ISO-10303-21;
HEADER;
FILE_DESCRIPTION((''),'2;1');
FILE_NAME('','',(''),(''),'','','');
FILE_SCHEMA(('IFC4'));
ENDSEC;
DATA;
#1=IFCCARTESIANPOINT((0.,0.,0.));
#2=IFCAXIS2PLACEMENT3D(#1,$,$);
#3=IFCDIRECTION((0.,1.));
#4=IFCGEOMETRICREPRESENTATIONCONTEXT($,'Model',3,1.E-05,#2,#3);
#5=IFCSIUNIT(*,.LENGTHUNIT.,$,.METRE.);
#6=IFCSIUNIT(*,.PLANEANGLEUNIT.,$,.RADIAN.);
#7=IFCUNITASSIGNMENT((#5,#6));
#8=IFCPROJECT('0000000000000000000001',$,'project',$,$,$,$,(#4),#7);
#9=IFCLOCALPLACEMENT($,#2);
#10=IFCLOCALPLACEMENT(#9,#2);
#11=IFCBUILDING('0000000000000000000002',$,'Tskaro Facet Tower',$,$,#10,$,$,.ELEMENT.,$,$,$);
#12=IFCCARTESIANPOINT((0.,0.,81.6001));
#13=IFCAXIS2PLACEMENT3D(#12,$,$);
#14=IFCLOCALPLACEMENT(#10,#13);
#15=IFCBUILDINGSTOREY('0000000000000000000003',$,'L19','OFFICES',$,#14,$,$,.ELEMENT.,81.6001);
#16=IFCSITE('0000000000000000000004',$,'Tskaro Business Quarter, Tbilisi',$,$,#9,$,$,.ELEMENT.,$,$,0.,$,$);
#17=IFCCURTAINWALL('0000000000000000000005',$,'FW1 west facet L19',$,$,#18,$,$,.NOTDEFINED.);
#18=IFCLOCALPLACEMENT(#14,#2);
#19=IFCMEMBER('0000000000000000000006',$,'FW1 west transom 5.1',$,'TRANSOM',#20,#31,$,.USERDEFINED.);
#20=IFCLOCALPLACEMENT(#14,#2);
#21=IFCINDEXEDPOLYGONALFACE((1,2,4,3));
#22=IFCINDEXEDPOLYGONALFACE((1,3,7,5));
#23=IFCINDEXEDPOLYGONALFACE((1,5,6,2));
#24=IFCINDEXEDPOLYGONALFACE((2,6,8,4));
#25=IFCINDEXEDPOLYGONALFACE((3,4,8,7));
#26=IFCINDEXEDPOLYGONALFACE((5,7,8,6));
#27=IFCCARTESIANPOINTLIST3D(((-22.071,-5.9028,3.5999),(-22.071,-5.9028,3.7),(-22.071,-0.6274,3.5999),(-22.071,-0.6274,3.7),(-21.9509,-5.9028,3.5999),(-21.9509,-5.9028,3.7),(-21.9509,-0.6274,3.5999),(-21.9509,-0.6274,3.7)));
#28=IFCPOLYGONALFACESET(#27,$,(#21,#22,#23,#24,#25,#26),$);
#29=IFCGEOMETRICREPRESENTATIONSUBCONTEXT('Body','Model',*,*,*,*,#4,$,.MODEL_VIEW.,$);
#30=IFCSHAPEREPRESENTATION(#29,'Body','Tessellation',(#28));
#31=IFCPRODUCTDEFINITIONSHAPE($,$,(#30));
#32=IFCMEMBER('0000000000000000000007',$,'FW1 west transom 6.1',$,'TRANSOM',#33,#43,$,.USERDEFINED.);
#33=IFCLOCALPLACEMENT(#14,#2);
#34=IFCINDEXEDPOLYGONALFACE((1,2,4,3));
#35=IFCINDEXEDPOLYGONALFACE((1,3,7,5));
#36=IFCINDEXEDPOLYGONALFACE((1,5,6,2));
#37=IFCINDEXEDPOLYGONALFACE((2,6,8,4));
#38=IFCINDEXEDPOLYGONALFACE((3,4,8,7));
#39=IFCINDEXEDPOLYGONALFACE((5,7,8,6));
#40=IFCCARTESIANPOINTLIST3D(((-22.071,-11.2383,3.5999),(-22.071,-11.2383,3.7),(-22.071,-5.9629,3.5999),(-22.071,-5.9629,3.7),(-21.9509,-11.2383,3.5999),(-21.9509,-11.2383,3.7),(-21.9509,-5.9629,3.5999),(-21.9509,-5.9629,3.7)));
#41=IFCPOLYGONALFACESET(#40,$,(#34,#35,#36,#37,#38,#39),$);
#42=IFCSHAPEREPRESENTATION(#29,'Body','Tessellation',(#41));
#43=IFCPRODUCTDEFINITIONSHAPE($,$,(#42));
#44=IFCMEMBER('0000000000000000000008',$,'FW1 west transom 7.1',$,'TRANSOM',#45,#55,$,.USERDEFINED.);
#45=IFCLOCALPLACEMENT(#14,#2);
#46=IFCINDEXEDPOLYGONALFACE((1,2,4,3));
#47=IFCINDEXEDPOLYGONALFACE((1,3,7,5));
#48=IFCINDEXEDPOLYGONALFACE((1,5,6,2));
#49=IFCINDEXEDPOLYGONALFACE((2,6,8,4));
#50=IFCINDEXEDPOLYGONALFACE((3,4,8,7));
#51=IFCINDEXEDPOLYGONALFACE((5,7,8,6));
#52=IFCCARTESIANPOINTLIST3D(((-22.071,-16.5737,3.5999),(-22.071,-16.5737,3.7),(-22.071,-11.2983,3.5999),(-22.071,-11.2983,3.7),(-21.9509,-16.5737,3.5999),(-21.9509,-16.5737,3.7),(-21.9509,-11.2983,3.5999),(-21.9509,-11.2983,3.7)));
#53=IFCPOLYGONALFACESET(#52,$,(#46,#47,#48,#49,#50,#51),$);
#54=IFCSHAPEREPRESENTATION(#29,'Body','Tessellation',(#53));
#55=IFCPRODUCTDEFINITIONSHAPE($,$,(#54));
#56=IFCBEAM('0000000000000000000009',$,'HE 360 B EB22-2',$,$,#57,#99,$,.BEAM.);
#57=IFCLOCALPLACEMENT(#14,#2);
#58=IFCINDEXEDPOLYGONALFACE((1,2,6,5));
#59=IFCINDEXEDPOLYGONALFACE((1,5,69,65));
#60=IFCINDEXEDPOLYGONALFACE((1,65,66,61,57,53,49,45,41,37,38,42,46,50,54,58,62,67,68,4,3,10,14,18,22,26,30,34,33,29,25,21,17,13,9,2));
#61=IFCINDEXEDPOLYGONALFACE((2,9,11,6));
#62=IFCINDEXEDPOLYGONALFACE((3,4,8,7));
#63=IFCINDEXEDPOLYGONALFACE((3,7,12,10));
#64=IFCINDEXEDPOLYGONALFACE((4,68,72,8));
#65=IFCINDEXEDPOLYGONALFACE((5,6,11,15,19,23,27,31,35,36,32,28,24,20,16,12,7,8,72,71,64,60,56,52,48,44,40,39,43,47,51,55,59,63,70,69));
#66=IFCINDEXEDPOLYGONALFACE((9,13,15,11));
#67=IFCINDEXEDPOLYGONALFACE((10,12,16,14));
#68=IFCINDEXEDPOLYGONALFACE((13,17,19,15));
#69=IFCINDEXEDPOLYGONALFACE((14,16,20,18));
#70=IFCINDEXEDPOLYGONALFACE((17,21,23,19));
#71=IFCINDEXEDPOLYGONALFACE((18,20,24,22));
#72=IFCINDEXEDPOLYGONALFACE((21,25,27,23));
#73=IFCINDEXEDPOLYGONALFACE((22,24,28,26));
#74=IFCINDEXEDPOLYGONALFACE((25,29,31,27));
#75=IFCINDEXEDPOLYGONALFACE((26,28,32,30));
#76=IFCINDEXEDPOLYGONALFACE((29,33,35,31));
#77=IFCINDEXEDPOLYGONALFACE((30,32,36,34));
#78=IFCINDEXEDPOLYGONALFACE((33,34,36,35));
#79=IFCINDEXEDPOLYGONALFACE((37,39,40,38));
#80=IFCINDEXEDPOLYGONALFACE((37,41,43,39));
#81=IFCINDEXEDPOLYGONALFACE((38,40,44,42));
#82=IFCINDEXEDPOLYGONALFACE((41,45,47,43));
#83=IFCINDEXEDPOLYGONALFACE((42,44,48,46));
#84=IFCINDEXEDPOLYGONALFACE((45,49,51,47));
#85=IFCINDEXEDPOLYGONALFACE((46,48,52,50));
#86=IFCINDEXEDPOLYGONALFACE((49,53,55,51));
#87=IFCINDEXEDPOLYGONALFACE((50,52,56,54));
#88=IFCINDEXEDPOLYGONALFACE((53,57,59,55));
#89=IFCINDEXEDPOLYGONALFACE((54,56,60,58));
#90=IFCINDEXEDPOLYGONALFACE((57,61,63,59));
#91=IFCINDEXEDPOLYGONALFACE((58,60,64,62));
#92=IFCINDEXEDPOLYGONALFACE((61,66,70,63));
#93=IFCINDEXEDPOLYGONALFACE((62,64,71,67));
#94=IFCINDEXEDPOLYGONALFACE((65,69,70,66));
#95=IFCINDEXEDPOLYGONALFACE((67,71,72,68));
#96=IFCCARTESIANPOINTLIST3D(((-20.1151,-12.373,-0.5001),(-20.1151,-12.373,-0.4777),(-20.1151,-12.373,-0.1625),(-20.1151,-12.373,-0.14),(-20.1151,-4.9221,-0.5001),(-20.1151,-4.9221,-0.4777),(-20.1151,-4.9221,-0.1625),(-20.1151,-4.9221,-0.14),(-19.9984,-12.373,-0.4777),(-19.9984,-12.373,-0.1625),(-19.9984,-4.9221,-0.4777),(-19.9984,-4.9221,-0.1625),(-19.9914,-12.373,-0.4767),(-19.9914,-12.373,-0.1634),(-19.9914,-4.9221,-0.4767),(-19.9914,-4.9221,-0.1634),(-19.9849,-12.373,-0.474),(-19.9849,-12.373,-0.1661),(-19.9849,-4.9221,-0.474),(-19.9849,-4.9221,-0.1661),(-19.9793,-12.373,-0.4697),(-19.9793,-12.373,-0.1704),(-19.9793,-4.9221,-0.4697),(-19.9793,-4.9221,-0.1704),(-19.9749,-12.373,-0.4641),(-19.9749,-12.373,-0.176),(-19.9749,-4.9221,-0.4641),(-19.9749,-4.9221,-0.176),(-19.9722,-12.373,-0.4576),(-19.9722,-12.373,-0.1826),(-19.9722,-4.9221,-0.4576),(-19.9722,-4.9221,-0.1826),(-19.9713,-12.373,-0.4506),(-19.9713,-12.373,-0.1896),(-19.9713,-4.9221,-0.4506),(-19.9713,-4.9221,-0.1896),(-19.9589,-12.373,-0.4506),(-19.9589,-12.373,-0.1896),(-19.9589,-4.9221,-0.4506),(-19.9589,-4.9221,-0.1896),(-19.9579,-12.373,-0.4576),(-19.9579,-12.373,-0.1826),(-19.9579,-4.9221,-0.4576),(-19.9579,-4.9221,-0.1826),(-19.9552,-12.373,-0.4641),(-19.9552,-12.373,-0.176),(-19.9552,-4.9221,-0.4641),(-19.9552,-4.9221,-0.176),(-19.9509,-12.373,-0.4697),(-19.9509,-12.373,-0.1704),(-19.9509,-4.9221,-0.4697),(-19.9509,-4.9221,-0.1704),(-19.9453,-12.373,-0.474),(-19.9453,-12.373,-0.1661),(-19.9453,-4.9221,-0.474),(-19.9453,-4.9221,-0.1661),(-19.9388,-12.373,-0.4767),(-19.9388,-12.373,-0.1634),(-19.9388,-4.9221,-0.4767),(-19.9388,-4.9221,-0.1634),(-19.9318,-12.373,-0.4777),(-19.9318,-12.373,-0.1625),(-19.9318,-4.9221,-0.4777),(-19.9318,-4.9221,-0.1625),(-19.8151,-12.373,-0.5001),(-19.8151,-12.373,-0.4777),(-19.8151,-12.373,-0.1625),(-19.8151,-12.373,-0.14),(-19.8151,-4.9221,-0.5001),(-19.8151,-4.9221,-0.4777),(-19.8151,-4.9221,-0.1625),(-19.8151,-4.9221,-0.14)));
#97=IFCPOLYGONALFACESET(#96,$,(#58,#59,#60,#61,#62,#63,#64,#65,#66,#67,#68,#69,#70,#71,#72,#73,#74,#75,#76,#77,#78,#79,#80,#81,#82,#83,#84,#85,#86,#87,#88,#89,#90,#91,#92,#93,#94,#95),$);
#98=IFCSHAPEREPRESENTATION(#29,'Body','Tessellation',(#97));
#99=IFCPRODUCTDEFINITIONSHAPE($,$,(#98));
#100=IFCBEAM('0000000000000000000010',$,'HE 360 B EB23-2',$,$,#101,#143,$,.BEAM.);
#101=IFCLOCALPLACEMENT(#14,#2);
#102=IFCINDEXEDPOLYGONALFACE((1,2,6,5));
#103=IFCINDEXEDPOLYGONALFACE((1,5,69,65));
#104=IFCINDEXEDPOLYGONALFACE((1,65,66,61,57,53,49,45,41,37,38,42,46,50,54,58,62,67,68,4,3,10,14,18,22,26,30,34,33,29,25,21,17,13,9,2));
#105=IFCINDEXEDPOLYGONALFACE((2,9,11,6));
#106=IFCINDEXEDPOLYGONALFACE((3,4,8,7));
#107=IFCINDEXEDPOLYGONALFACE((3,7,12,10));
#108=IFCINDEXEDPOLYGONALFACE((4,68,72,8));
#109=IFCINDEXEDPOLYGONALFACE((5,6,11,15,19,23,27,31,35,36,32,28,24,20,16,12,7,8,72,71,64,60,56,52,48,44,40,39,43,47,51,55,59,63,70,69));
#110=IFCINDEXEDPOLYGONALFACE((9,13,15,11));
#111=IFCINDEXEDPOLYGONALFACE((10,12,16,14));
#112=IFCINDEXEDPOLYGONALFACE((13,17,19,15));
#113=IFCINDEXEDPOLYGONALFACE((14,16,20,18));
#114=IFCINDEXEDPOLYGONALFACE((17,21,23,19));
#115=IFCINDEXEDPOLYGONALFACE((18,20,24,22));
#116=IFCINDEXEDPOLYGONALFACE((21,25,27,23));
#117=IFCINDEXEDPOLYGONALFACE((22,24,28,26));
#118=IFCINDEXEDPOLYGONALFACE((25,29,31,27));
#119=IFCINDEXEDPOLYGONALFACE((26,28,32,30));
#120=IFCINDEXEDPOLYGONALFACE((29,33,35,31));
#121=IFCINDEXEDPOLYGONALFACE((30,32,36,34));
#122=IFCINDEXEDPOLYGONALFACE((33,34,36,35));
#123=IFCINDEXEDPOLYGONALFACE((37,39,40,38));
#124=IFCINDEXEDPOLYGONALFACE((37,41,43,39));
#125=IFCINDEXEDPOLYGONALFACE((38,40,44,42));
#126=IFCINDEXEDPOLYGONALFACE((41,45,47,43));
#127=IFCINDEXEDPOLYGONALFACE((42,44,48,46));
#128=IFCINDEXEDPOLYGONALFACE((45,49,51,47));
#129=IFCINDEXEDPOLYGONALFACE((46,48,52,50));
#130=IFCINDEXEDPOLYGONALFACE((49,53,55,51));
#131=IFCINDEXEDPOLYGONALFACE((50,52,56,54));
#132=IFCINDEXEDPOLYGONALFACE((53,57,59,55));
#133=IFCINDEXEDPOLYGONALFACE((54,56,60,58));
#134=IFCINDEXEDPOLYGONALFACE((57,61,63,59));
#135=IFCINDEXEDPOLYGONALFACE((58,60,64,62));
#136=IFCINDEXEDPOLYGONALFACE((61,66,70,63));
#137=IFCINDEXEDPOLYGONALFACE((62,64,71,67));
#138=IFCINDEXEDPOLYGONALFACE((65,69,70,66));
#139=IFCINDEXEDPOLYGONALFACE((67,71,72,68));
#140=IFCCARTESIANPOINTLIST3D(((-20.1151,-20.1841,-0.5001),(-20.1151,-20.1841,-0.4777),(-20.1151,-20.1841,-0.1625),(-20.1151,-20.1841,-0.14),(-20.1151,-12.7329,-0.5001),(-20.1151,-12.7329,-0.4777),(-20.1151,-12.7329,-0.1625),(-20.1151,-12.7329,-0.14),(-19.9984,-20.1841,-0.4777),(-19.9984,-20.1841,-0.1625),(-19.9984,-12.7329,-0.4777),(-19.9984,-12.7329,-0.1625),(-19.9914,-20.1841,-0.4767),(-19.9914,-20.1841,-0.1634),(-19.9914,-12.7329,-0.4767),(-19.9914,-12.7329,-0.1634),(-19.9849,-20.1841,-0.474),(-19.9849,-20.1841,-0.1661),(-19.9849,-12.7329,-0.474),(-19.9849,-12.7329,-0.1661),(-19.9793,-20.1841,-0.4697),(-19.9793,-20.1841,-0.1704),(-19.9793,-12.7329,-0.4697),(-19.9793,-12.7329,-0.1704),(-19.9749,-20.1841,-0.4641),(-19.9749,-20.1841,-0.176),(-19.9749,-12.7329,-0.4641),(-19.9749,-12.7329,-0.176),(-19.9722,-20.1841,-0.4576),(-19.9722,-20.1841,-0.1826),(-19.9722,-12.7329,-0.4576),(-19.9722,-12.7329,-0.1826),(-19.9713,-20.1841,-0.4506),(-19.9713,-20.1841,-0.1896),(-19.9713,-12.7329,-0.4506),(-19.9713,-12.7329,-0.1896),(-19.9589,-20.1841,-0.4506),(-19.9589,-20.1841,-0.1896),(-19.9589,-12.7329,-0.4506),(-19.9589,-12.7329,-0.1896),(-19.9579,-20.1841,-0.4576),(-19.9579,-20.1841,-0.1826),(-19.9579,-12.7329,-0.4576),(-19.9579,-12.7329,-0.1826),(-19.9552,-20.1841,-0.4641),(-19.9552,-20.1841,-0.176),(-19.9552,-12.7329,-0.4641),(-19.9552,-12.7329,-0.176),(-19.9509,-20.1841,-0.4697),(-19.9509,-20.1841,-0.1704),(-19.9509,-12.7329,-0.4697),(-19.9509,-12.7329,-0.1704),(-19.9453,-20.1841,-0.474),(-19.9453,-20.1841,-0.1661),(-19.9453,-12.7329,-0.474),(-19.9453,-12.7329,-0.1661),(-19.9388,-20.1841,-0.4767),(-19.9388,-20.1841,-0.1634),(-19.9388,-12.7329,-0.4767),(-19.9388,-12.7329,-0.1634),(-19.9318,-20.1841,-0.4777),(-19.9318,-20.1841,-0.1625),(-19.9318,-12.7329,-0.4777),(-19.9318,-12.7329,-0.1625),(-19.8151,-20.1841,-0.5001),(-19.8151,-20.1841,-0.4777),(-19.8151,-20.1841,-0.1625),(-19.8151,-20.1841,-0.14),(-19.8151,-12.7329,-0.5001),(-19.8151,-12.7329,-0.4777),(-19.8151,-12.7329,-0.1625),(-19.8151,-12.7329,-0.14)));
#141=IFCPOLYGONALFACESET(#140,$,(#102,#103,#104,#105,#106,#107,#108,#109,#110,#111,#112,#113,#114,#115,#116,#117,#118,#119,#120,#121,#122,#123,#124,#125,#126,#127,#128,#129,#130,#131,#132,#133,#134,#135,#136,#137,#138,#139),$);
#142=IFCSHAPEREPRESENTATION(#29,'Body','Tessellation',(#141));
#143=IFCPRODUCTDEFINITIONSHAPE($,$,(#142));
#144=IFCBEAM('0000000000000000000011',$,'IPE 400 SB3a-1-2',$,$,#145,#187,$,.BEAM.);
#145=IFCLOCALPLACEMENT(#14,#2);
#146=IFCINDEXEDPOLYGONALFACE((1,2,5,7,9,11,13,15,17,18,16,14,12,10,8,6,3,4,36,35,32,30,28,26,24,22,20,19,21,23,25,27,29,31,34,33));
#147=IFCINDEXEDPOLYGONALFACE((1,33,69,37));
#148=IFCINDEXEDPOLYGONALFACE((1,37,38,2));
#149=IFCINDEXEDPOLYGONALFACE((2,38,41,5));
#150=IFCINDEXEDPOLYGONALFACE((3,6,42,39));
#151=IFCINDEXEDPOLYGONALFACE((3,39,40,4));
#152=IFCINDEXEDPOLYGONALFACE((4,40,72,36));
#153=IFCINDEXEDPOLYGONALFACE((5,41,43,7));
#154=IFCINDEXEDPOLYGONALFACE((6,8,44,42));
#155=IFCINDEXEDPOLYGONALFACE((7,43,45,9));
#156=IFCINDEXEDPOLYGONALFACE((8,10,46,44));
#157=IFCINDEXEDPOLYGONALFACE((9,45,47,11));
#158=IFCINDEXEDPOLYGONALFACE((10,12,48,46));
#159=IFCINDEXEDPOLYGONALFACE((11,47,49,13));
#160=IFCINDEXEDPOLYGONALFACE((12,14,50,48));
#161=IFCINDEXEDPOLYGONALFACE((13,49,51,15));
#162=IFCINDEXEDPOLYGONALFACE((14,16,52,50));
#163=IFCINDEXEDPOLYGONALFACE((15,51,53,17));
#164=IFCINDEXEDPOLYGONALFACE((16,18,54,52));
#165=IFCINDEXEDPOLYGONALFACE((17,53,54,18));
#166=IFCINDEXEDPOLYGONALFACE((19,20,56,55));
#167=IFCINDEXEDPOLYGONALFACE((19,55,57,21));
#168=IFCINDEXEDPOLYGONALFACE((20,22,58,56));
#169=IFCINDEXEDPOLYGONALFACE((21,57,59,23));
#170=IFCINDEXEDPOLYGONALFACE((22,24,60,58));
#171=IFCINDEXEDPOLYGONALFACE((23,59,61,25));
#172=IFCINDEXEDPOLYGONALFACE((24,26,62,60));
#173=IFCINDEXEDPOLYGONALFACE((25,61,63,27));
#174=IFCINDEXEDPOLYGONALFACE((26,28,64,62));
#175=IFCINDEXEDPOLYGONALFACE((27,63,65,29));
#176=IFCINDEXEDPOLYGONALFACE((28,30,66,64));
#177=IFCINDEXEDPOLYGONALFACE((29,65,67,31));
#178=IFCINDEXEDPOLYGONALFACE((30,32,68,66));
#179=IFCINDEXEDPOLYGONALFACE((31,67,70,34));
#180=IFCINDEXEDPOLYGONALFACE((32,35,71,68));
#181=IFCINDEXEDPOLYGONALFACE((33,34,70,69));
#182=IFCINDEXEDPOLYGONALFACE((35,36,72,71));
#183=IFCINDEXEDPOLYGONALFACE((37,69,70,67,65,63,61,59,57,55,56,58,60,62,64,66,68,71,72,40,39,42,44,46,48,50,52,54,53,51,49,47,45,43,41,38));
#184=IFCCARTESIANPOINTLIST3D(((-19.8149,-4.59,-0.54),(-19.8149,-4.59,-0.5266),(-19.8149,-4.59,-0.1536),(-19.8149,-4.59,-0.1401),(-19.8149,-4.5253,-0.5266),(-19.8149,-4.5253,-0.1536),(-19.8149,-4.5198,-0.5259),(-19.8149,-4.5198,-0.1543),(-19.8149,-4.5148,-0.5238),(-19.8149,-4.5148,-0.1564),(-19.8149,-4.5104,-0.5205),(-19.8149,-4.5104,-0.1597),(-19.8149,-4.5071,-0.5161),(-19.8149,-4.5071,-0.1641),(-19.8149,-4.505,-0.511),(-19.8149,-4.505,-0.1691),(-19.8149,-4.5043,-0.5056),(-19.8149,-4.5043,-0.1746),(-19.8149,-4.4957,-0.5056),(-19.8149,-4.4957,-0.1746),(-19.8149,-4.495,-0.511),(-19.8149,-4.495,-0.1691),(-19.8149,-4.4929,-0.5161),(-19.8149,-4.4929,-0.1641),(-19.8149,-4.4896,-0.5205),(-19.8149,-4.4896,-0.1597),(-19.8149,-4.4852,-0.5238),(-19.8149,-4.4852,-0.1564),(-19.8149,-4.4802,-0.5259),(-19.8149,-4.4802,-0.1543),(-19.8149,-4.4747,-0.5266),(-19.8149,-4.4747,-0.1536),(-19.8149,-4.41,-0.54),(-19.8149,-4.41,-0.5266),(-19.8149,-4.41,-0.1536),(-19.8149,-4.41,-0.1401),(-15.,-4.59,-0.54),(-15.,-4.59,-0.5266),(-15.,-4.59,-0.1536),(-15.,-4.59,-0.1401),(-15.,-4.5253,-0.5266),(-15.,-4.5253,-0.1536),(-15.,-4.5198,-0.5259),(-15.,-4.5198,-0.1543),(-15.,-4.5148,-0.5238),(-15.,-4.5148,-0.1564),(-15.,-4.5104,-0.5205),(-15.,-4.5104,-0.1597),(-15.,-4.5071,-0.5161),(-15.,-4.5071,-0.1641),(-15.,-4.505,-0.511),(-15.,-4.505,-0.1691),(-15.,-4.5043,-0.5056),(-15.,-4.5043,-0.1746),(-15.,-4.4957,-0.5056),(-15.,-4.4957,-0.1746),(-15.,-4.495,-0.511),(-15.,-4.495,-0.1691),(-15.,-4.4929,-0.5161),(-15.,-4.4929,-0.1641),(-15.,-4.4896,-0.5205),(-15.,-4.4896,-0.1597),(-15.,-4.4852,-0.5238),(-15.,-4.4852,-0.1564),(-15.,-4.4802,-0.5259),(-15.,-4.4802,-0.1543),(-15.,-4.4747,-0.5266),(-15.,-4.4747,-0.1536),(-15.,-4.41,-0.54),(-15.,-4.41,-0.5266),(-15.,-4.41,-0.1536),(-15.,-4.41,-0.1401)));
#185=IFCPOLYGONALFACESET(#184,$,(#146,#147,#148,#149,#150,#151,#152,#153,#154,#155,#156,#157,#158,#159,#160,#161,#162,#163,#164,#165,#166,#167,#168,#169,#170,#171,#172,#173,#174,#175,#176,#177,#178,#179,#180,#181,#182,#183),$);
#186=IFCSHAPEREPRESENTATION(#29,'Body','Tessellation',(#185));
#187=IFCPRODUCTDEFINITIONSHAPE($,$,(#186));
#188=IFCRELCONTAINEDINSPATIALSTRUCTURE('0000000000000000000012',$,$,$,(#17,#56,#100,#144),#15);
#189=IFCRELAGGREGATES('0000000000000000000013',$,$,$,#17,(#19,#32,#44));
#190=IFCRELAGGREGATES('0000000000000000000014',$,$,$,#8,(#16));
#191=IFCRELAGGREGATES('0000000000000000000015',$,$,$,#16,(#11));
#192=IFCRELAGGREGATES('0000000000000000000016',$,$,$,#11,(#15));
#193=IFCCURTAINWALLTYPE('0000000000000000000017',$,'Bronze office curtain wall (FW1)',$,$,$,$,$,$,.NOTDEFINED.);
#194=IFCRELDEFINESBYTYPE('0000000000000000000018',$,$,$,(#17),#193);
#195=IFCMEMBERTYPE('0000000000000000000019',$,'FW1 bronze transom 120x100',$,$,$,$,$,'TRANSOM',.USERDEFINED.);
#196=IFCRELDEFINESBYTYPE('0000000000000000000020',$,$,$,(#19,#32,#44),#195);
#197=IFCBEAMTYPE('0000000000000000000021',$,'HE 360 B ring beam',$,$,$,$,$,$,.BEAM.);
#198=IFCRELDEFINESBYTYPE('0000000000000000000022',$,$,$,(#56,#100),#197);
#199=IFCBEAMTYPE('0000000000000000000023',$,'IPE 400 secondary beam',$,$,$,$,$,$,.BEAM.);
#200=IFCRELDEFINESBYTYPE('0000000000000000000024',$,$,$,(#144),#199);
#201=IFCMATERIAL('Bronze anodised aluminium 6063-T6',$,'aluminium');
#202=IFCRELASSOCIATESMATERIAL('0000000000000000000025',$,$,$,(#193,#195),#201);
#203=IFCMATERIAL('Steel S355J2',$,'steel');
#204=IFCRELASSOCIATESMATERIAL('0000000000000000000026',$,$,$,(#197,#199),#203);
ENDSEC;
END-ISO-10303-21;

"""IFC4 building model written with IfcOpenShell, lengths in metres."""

from ifc_helpers import new_model, si_unit, direction, frame, origin, origin_2d, place, context, subcontext, project, spatial, rectangle, i_section, extrude, material, material_profile, profile_set, type_object, element, aggregate, save


model = new_model("IFC4")

# Units and contexts
model_context = context("Model", 3, precision=1e-05, world=origin(), true_north=direction((0.0, 1.0)))
body_context = subcontext(model_context, "Body", "Model", "MODEL_VIEW")
ifc_project = project(units=[si_unit("LENGTHUNIT", "METRE"), si_unit("PLANEANGLEUNIT", "RADIAN")], contexts=[model_context])

# Site, building, storey
site_placement = place(None, origin())
site = spatial("IfcSite", under=ifc_project, at=site_placement, Name="Tskaro Business Quarter, Tbilisi", CompositionType="ELEMENT", RefElevation=0.0)
building_placement = place(site_placement, origin())
building = spatial("IfcBuilding", under=site, at=building_placement, Name="Tskaro Facet Tower", CompositionType="ELEMENT")
storey_placement = place(building_placement, frame((0.0, 0.0, 81.6001)))
storey = spatial("IfcBuildingStorey", under=building, at=storey_placement, Name="L19", Description="OFFICES", CompositionType="ELEMENT", Elevation=81.6001)

# Curtain wall, members
ifc_material_1 = material(Name="Bronze anodised aluminium 6063-T6", Category="aluminium")
curtain_wall_type = type_object("IfcCurtainWallType", Name="Bronze office curtain wall (FW1)", PredefinedType="NOTDEFINED", material=ifc_material_1)
curtain_wall_placement = place(storey_placement, origin())
curtain_wall = element("IfcCurtainWall", 1, at=curtain_wall_placement, inside=storey, type_object=curtain_wall_type, Name="FW1 west facet L19", PredefinedType="NOTDEFINED")
ifc_material_profile_1 = material_profile(ifc_material_1, rectangle(XDim=0.1201, YDim=0.1001, at=origin_2d()), Name="Transom 120x100")
ifc_profile_set_1 = profile_set([ifc_material_profile_1], Name="Bronze anodised aluminium 6063-T6")
member_type_1 = type_object("IfcMemberType", Name="FW1 bronze transom 120x100", ElementType="TRANSOM", PredefinedType="USERDEFINED", material=ifc_profile_set_1)
member_1_placement = place(storey_placement, frame((-22.011, -0.6274, 3.6499), z_axis=(0.0, -1.0, 0.0), x_axis=(1.0, 0.0, 0.0)))
member_1 = element("IfcMember", 2, at=member_1_placement, type_object=member_type_1, Name="FW1 west transom 5.1", ObjectType="TRANSOM", PredefinedType="USERDEFINED", context=body_context, shape_type="SweptSolid", body=[
    extrude(rectangle(XDim=0.1201, YDim=0.1001, at=origin_2d()), origin(), (0.0, 0.0, 1.0), 5.2754),
])
member_2_placement = place(storey_placement, frame((-22.011, -5.9629, 3.6499), z_axis=(0.0, -1.0, 0.0), x_axis=(1.0, 0.0, 0.0)))
member_2 = element("IfcMember", 3, at=member_2_placement, type_object=member_type_1, Name="FW1 west transom 6.1", ObjectType="TRANSOM", PredefinedType="USERDEFINED", context=body_context, shape_type="SweptSolid", body=[
    extrude(rectangle(XDim=0.1201, YDim=0.1001, at=origin_2d()), origin(), (0.0, 0.0, 1.0), 5.2754),
])
member_3_placement = place(storey_placement, frame((-22.011, -11.2983, 3.6499), z_axis=(0.0, -1.0, 0.0), x_axis=(1.0, 0.0, 0.0)))
member_3 = element("IfcMember", 4, at=member_3_placement, type_object=member_type_1, Name="FW1 west transom 7.1", ObjectType="TRANSOM", PredefinedType="USERDEFINED", context=body_context, shape_type="SweptSolid", body=[
    extrude(rectangle(XDim=0.1201, YDim=0.1001, at=origin_2d()), origin(), (0.0, 0.0, 1.0), 5.2754),
])

# Beams
ifc_material_2 = material(Name="Steel S355J2", Category="steel")
ifc_material_profile_2 = material_profile(ifc_material_2, i_section(OverallWidth=0.3, OverallDepth=0.3601, WebThickness=0.0125, FlangeThickness=0.0225, FilletRadius=0.0271, at=origin_2d()), Name="HE 360 B")
ifc_profile_set_2 = profile_set([ifc_material_profile_2], Name="Steel S355J2")
beam_type_1 = type_object("IfcBeamType", Name="HE 360 B ring beam", PredefinedType="BEAM", material=ifc_profile_set_2)
beam_1_placement = place(storey_placement, frame((-19.9651, -4.9221, -0.3201), z_axis=(0.0, -1.0, 0.0), x_axis=(1.0, 0.0, 0.0)))
element("IfcBeam", 5, at=beam_1_placement, inside=storey, type_object=beam_type_1, Name="HE 360 B EB22-2", PredefinedType="BEAM", context=body_context, shape_type="SweptSolid", body=[
    extrude(i_section(OverallWidth=0.3, OverallDepth=0.3601, WebThickness=0.0125, FlangeThickness=0.0225, FilletRadius=0.0271, at=origin_2d()), origin(), (0.0, 0.0, 1.0), 7.4509),
])
beam_2_placement = place(storey_placement, frame((-19.9651, -12.7329, -0.3201), z_axis=(0.0, -1.0, 0.0), x_axis=(1.0, 0.0, 0.0)))
element("IfcBeam", 6, at=beam_2_placement, inside=storey, type_object=beam_type_1, Name="HE 360 B EB23-2", PredefinedType="BEAM", context=body_context, shape_type="SweptSolid", body=[
    extrude(i_section(OverallWidth=0.3, OverallDepth=0.3601, WebThickness=0.0125, FlangeThickness=0.0225, FilletRadius=0.0271, at=origin_2d()), origin(), (0.0, 0.0, 1.0), 7.4512),
])
ifc_material_profile_3 = material_profile(ifc_material_2, i_section(OverallWidth=0.1799, OverallDepth=0.3999, WebThickness=0.0085, FlangeThickness=0.0134, FilletRadius=0.021, at=origin_2d()), Name="IPE 400")
ifc_profile_set_3 = profile_set([ifc_material_profile_3], Name="Steel S355J2")
beam_type_2 = type_object("IfcBeamType", Name="IPE 400 secondary beam", PredefinedType="BEAM", material=ifc_profile_set_3)
beam_3_placement = place(storey_placement, frame((-19.8149, -4.5, -0.3401), z_axis=(1.0, 0.0, 0.0), x_axis=(0.0, 1.0, 0.0)))
element("IfcBeam", 7, at=beam_3_placement, inside=storey, type_object=beam_type_2, Name="IPE 400 SB3a-1-2", PredefinedType="BEAM", context=body_context, shape_type="SweptSolid", body=[
    extrude(i_section(OverallWidth=0.1799, OverallDepth=0.3999, WebThickness=0.0085, FlangeThickness=0.0134, FilletRadius=0.021, at=origin_2d()), origin(), (0.0, 0.0, 1.0), 4.8149),
])

aggregate(curtain_wall, [member_1, member_2, member_3])

save(model, "model.ifc")
